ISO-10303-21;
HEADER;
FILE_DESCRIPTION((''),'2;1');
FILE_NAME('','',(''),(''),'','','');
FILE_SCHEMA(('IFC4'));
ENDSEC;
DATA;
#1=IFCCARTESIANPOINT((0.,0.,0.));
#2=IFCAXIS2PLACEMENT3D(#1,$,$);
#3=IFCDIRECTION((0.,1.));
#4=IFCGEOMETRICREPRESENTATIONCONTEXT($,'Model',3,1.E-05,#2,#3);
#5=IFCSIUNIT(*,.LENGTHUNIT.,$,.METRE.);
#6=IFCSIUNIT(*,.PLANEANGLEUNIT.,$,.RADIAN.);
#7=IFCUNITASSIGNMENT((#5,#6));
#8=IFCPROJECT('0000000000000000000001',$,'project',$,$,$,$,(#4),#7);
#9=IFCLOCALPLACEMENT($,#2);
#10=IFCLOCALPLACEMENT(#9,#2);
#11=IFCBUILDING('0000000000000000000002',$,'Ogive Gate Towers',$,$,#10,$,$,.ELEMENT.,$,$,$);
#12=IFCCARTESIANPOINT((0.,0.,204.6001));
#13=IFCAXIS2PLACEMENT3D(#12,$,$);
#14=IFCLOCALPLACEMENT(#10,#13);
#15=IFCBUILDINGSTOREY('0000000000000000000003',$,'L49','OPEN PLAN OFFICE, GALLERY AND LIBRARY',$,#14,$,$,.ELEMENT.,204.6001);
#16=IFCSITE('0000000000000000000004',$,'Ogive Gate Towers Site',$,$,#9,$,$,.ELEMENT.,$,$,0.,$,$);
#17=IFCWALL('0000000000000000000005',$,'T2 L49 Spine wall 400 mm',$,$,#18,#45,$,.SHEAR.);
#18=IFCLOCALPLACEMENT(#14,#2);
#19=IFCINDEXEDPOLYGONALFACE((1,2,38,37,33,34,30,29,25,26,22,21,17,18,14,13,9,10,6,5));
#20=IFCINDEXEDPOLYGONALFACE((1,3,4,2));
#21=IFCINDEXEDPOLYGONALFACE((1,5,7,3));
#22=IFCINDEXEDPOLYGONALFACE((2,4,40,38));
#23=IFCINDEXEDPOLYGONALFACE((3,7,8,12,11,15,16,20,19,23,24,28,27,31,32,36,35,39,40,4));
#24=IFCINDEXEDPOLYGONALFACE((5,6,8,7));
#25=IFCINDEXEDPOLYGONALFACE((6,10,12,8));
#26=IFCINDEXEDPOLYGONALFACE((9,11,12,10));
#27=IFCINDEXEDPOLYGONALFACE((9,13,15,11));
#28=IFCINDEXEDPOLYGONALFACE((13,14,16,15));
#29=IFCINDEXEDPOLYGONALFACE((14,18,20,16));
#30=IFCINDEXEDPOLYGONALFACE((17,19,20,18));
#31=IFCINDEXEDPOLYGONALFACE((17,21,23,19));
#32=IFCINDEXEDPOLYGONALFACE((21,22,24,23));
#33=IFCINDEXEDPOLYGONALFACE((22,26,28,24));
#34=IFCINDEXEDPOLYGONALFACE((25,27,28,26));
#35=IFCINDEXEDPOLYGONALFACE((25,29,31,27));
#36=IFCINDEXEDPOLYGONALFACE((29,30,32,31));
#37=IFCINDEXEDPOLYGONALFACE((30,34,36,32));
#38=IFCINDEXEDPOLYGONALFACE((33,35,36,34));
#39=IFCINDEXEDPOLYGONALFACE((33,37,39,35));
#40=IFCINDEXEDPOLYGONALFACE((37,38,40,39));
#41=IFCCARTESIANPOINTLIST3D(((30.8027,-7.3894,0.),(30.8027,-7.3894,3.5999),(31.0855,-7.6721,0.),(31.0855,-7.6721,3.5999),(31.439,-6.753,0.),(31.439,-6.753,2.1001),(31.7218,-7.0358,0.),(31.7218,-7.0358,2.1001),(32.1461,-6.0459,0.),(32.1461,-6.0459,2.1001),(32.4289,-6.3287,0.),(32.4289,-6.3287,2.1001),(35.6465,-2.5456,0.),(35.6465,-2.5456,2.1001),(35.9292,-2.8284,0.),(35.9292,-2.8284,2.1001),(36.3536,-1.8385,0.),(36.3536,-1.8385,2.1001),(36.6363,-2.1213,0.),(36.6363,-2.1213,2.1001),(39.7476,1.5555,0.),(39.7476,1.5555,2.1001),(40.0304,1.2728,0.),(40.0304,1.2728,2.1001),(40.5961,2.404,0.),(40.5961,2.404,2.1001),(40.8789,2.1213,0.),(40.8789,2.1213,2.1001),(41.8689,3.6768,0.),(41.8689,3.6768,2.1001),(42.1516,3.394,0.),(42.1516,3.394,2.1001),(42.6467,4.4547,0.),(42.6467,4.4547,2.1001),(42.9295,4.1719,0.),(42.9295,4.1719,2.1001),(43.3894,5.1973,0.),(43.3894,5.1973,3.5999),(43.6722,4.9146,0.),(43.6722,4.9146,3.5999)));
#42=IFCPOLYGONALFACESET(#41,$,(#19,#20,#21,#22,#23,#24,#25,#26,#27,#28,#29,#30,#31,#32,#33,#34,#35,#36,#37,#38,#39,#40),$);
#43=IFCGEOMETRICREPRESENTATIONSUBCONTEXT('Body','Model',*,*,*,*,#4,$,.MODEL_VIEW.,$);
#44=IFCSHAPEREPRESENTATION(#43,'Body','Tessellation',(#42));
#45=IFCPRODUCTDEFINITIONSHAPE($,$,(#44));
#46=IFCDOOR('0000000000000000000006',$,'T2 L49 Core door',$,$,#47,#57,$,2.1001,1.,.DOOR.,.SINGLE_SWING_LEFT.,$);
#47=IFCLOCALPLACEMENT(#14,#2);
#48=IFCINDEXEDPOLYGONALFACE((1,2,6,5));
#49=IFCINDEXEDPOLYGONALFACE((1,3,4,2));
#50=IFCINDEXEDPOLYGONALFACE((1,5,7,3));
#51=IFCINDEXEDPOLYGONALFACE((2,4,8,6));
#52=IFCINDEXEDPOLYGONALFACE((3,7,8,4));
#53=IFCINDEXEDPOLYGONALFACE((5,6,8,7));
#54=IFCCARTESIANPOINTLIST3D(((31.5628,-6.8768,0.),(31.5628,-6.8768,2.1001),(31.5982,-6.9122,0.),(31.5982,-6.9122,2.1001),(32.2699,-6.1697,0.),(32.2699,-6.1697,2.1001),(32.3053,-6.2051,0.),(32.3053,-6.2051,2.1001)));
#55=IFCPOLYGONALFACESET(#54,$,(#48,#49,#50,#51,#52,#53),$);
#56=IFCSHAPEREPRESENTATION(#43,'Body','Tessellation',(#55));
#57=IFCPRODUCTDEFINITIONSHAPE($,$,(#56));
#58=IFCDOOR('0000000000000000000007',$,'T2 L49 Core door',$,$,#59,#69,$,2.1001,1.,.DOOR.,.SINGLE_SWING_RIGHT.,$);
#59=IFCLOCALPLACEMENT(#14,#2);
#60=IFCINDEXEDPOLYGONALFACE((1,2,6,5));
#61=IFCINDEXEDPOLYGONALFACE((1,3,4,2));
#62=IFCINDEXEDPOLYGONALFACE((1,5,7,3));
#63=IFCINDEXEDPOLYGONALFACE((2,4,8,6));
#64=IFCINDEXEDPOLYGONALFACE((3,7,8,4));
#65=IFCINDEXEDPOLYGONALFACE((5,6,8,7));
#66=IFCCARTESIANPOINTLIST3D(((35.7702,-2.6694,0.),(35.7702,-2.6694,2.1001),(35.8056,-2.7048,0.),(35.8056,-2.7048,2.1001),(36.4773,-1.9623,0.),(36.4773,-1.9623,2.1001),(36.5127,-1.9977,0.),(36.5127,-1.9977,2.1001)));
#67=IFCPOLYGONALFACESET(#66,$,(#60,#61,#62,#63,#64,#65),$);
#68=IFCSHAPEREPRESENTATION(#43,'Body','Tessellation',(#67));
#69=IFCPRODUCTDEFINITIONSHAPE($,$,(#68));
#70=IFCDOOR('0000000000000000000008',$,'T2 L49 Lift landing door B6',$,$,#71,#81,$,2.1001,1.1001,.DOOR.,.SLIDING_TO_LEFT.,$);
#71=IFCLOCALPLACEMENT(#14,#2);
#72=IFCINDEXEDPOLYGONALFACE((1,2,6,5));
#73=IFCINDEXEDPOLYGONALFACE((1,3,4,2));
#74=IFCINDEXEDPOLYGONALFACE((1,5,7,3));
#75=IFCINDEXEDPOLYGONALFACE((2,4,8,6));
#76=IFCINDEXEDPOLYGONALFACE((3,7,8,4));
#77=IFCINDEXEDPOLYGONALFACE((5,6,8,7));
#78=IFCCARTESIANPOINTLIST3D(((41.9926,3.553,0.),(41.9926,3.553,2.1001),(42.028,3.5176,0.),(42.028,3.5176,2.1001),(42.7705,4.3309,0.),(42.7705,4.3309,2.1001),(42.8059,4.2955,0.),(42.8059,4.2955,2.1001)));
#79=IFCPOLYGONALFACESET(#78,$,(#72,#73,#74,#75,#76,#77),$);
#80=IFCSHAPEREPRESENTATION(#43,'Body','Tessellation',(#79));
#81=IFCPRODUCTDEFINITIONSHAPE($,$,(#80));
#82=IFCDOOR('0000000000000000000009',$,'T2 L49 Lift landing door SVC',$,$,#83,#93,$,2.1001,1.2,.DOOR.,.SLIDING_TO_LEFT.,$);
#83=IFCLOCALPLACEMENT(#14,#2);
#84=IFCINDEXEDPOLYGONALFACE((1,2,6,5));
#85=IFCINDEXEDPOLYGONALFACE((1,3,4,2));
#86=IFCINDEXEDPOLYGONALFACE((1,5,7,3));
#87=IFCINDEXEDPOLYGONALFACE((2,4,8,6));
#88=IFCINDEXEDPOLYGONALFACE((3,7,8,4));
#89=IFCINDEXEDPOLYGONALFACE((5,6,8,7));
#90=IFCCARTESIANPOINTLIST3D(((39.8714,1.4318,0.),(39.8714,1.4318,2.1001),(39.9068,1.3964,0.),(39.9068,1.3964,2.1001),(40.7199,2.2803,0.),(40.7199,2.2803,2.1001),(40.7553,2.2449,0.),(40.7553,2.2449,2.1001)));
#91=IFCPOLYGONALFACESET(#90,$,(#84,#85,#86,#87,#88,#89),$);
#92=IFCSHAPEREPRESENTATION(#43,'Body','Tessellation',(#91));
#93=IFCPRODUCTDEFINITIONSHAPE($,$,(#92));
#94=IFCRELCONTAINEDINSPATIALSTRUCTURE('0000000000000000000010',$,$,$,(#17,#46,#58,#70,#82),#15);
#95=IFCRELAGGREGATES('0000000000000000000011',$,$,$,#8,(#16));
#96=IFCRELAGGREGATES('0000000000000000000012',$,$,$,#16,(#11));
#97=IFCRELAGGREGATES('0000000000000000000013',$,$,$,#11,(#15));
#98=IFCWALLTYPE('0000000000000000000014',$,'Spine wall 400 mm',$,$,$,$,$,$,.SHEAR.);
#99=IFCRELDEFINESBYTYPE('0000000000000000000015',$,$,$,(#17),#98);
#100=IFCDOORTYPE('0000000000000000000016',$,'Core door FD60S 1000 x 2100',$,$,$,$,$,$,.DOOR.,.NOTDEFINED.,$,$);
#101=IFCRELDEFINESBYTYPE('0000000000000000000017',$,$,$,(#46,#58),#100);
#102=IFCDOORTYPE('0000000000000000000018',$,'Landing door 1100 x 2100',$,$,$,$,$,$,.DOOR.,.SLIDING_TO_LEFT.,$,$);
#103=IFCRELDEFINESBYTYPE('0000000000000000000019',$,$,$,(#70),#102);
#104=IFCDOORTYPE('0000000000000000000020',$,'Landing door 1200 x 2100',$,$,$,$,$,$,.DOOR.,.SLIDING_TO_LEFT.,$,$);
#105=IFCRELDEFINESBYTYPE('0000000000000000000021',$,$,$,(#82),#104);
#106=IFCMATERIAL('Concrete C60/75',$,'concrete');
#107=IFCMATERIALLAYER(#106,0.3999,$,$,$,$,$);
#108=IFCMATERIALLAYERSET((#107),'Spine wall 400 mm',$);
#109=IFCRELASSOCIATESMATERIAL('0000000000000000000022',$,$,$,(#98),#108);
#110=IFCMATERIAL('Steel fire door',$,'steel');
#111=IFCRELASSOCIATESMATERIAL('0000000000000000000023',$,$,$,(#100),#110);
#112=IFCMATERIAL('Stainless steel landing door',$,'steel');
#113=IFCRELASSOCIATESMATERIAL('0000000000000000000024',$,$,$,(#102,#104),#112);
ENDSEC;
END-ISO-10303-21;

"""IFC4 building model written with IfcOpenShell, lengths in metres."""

from ifc_helpers import new_model, si_unit, direction, frame, frame_2d, origin, place, context, subcontext, project, spatial, rectangle, extrude, material, layer, layer_set, type_object, element, fill, save


model = new_model("IFC4")

# Units and contexts
model_context = context("Model", 3, precision=1e-05, world=origin(), true_north=direction((0.0, 1.0)))
body_context = subcontext(model_context, "Body", "Model", "MODEL_VIEW")
ifc_project = project(units=[si_unit("LENGTHUNIT", "METRE"), si_unit("PLANEANGLEUNIT", "RADIAN")], contexts=[model_context])

# Site, building, storey
site_placement = place(None, origin())
site = spatial("IfcSite", under=ifc_project, at=site_placement, Name="Ogive Gate Towers Site", CompositionType="ELEMENT", RefElevation=0.0)
building_placement = place(site_placement, origin())
building = spatial("IfcBuilding", under=site, at=building_placement, Name="Ogive Gate Towers", CompositionType="ELEMENT")
storey_placement = place(building_placement, frame((0.0, 0.0, 204.6001)))
storey = spatial("IfcBuildingStorey", under=building, at=storey_placement, Name="L49", Description="OPEN PLAN OFFICE, GALLERY AND LIBRARY", CompositionType="ELEMENT", Elevation=204.6001)

# Shared definitions
ifc_material_1 = material(Name="Concrete C60/75", Category="concrete")

# Wall, openings, doors
ifc_layer_1 = layer(ifc_material_1, 0.3999)
ifc_layer_set_1 = layer_set([ifc_layer_1], Name="Spine wall 400 mm")
wall_type_1 = type_object("IfcWallType", Name="Spine wall 400 mm", PredefinedType="SHEAR", material=ifc_layer_set_1)
wall_1_placement = place(storey_placement, frame((30.9441, -7.5308, 0.0), z_axis=(0.0, 0.0, 1.0), x_axis=(0.707107, 0.707107, 0.0)))
wall_1 = element("IfcWall", 1, at=wall_1_placement, inside=storey, type_object=wall_type_1, Name="T2 L49 Spine wall 400 mm", PredefinedType="SHEAR", context=body_context, shape_type="SweptSolid", body=[
    extrude(rectangle(XDim=17.8003, YDim=0.3999, at=frame_2d((8.9001, 0.0))), origin(), (0.0, 0.0, 1.0), 3.5999),
])
opening_1_placement = place(wall_1_placement, frame((12.6499, 0.0, 0.0)))
opening_1 = element("IfcOpeningElement", 2, at=opening_1_placement, cuts=wall_1, PredefinedType="OPENING", context=body_context, shape_type="SweptSolid", body=[
    extrude(rectangle(XDim=1.2, YDim=2.1001, at=frame_2d((0.6001, 1.05))), frame((0.0, 0.21, 0.0), z_axis=(0.0, -1.0, 0.0), x_axis=(1.0, 0.0, 0.0)), (0.0, 0.0, 1.0), 0.4199),
])
opening_2_placement = place(wall_1_placement, frame((15.6499, 0.0, 0.0)))
opening_2 = element("IfcOpeningElement", 3, at=opening_2_placement, cuts=wall_1, PredefinedType="OPENING", context=body_context, shape_type="SweptSolid", body=[
    extrude(rectangle(XDim=1.1001, YDim=2.1001, at=frame_2d((0.55, 1.05))), frame((0.0, 0.21, 0.0), z_axis=(0.0, -1.0, 0.0), x_axis=(1.0, 0.0, 0.0)), (0.0, 0.0, 1.0), 0.4199),
])
opening_3_placement = place(wall_1_placement, frame((0.8999, 0.0, 0.0)))
opening_3 = element("IfcOpeningElement", 4, at=opening_3_placement, cuts=wall_1, PredefinedType="OPENING", context=body_context, shape_type="SweptSolid", body=[
    extrude(rectangle(XDim=1.0, YDim=2.1001, at=frame_2d((0.5, 1.05))), frame((0.0, 0.21, 0.0), z_axis=(0.0, -1.0, 0.0), x_axis=(1.0, 0.0, 0.0)), (0.0, 0.0, 1.0), 0.4199),
])
opening_4_placement = place(wall_1_placement, frame((6.8501, 0.0, 0.0)))
opening_4 = element("IfcOpeningElement", 5, at=opening_4_placement, cuts=wall_1, PredefinedType="OPENING", context=body_context, shape_type="SweptSolid", body=[
    extrude(rectangle(XDim=1.0, YDim=2.1001, at=frame_2d((0.5, 1.05))), frame((0.0, 0.21, 0.0), z_axis=(0.0, -1.0, 0.0), x_axis=(1.0, 0.0, 0.0)), (0.0, 0.0, 1.0), 0.4199),
])
ifc_material_2 = material(Name="Steel fire door", Category="steel")
door_type_1 = type_object("IfcDoorType", Name="Core door FD60S 1000 x 2100", OperationType="NOTDEFINED", PredefinedType="DOOR", material=ifc_material_2)
door_1_placement = place(opening_3_placement, origin())
door_1 = element("IfcDoor", 6, at=door_1_placement, inside=storey, type_object=door_type_1, Name="T2 L49 Core door", OperationType="SINGLE_SWING_LEFT", OverallHeight=2.1001, OverallWidth=1.0, PredefinedType="DOOR", context=body_context, shape_type="SweptSolid", body=[
    extrude(rectangle(XDim=1.0, YDim=2.1001, at=frame_2d((0.5, 1.05))), frame((0.0, 0.0249, 0.0), z_axis=(0.0, -1.0, 0.0), x_axis=(1.0, 0.0, 0.0)), (0.0, 0.0, 1.0), 0.05),
])
fill(opening_3, door_1)
door_2_placement = place(opening_4_placement, origin())
door_2 = element("IfcDoor", 7, at=door_2_placement, inside=storey, type_object=door_type_1, Name="T2 L49 Core door", OperationType="SINGLE_SWING_RIGHT", OverallHeight=2.1001, OverallWidth=1.0, PredefinedType="DOOR", context=body_context, shape_type="SweptSolid", body=[
    extrude(rectangle(XDim=1.0, YDim=2.1001, at=frame_2d((0.5, 1.05))), frame((0.0, 0.0249, 0.0), z_axis=(0.0, -1.0, 0.0), x_axis=(1.0, 0.0, 0.0)), (0.0, 0.0, 1.0), 0.05),
])
fill(opening_4, door_2)
ifc_material_3 = material(Name="Stainless steel landing door", Category="steel")
door_type_2 = type_object("IfcDoorType", Name="Landing door 1100 x 2100", OperationType="SLIDING_TO_LEFT", PredefinedType="DOOR", material=ifc_material_3)
door_3_placement = place(opening_2_placement, origin())
door_3 = element("IfcDoor", 8, at=door_3_placement, inside=storey, type_object=door_type_2, Name="T2 L49 Lift landing door B6", OperationType="SLIDING_TO_LEFT", OverallHeight=2.1001, OverallWidth=1.1001, PredefinedType="DOOR", context=body_context, shape_type="SweptSolid", body=[
    extrude(rectangle(XDim=1.1001, YDim=2.1001, at=frame_2d((0.55, 1.05))), frame((0.0, 0.0249, 0.0), z_axis=(0.0, -1.0, 0.0), x_axis=(1.0, 0.0, 0.0)), (0.0, 0.0, 1.0), 0.05),
])
fill(opening_2, door_3)
door_type_3 = type_object("IfcDoorType", Name="Landing door 1200 x 2100", OperationType="SLIDING_TO_LEFT", PredefinedType="DOOR", material=ifc_material_3)
door_4_placement = place(opening_1_placement, origin())
door_4 = element("IfcDoor", 9, at=door_4_placement, inside=storey, type_object=door_type_3, Name="T2 L49 Lift landing door SVC", OperationType="SLIDING_TO_LEFT", OverallHeight=2.1001, OverallWidth=1.2, PredefinedType="DOOR", context=body_context, shape_type="SweptSolid", body=[
    extrude(rectangle(XDim=1.2, YDim=2.1001, at=frame_2d((0.6001, 1.05))), frame((0.0, 0.0249, 0.0), z_axis=(0.0, -1.0, 0.0), x_axis=(1.0, 0.0, 0.0)), (0.0, 0.0, 1.0), 0.05),
])
fill(opening_1, door_4)

save(model, "model.ifc")
